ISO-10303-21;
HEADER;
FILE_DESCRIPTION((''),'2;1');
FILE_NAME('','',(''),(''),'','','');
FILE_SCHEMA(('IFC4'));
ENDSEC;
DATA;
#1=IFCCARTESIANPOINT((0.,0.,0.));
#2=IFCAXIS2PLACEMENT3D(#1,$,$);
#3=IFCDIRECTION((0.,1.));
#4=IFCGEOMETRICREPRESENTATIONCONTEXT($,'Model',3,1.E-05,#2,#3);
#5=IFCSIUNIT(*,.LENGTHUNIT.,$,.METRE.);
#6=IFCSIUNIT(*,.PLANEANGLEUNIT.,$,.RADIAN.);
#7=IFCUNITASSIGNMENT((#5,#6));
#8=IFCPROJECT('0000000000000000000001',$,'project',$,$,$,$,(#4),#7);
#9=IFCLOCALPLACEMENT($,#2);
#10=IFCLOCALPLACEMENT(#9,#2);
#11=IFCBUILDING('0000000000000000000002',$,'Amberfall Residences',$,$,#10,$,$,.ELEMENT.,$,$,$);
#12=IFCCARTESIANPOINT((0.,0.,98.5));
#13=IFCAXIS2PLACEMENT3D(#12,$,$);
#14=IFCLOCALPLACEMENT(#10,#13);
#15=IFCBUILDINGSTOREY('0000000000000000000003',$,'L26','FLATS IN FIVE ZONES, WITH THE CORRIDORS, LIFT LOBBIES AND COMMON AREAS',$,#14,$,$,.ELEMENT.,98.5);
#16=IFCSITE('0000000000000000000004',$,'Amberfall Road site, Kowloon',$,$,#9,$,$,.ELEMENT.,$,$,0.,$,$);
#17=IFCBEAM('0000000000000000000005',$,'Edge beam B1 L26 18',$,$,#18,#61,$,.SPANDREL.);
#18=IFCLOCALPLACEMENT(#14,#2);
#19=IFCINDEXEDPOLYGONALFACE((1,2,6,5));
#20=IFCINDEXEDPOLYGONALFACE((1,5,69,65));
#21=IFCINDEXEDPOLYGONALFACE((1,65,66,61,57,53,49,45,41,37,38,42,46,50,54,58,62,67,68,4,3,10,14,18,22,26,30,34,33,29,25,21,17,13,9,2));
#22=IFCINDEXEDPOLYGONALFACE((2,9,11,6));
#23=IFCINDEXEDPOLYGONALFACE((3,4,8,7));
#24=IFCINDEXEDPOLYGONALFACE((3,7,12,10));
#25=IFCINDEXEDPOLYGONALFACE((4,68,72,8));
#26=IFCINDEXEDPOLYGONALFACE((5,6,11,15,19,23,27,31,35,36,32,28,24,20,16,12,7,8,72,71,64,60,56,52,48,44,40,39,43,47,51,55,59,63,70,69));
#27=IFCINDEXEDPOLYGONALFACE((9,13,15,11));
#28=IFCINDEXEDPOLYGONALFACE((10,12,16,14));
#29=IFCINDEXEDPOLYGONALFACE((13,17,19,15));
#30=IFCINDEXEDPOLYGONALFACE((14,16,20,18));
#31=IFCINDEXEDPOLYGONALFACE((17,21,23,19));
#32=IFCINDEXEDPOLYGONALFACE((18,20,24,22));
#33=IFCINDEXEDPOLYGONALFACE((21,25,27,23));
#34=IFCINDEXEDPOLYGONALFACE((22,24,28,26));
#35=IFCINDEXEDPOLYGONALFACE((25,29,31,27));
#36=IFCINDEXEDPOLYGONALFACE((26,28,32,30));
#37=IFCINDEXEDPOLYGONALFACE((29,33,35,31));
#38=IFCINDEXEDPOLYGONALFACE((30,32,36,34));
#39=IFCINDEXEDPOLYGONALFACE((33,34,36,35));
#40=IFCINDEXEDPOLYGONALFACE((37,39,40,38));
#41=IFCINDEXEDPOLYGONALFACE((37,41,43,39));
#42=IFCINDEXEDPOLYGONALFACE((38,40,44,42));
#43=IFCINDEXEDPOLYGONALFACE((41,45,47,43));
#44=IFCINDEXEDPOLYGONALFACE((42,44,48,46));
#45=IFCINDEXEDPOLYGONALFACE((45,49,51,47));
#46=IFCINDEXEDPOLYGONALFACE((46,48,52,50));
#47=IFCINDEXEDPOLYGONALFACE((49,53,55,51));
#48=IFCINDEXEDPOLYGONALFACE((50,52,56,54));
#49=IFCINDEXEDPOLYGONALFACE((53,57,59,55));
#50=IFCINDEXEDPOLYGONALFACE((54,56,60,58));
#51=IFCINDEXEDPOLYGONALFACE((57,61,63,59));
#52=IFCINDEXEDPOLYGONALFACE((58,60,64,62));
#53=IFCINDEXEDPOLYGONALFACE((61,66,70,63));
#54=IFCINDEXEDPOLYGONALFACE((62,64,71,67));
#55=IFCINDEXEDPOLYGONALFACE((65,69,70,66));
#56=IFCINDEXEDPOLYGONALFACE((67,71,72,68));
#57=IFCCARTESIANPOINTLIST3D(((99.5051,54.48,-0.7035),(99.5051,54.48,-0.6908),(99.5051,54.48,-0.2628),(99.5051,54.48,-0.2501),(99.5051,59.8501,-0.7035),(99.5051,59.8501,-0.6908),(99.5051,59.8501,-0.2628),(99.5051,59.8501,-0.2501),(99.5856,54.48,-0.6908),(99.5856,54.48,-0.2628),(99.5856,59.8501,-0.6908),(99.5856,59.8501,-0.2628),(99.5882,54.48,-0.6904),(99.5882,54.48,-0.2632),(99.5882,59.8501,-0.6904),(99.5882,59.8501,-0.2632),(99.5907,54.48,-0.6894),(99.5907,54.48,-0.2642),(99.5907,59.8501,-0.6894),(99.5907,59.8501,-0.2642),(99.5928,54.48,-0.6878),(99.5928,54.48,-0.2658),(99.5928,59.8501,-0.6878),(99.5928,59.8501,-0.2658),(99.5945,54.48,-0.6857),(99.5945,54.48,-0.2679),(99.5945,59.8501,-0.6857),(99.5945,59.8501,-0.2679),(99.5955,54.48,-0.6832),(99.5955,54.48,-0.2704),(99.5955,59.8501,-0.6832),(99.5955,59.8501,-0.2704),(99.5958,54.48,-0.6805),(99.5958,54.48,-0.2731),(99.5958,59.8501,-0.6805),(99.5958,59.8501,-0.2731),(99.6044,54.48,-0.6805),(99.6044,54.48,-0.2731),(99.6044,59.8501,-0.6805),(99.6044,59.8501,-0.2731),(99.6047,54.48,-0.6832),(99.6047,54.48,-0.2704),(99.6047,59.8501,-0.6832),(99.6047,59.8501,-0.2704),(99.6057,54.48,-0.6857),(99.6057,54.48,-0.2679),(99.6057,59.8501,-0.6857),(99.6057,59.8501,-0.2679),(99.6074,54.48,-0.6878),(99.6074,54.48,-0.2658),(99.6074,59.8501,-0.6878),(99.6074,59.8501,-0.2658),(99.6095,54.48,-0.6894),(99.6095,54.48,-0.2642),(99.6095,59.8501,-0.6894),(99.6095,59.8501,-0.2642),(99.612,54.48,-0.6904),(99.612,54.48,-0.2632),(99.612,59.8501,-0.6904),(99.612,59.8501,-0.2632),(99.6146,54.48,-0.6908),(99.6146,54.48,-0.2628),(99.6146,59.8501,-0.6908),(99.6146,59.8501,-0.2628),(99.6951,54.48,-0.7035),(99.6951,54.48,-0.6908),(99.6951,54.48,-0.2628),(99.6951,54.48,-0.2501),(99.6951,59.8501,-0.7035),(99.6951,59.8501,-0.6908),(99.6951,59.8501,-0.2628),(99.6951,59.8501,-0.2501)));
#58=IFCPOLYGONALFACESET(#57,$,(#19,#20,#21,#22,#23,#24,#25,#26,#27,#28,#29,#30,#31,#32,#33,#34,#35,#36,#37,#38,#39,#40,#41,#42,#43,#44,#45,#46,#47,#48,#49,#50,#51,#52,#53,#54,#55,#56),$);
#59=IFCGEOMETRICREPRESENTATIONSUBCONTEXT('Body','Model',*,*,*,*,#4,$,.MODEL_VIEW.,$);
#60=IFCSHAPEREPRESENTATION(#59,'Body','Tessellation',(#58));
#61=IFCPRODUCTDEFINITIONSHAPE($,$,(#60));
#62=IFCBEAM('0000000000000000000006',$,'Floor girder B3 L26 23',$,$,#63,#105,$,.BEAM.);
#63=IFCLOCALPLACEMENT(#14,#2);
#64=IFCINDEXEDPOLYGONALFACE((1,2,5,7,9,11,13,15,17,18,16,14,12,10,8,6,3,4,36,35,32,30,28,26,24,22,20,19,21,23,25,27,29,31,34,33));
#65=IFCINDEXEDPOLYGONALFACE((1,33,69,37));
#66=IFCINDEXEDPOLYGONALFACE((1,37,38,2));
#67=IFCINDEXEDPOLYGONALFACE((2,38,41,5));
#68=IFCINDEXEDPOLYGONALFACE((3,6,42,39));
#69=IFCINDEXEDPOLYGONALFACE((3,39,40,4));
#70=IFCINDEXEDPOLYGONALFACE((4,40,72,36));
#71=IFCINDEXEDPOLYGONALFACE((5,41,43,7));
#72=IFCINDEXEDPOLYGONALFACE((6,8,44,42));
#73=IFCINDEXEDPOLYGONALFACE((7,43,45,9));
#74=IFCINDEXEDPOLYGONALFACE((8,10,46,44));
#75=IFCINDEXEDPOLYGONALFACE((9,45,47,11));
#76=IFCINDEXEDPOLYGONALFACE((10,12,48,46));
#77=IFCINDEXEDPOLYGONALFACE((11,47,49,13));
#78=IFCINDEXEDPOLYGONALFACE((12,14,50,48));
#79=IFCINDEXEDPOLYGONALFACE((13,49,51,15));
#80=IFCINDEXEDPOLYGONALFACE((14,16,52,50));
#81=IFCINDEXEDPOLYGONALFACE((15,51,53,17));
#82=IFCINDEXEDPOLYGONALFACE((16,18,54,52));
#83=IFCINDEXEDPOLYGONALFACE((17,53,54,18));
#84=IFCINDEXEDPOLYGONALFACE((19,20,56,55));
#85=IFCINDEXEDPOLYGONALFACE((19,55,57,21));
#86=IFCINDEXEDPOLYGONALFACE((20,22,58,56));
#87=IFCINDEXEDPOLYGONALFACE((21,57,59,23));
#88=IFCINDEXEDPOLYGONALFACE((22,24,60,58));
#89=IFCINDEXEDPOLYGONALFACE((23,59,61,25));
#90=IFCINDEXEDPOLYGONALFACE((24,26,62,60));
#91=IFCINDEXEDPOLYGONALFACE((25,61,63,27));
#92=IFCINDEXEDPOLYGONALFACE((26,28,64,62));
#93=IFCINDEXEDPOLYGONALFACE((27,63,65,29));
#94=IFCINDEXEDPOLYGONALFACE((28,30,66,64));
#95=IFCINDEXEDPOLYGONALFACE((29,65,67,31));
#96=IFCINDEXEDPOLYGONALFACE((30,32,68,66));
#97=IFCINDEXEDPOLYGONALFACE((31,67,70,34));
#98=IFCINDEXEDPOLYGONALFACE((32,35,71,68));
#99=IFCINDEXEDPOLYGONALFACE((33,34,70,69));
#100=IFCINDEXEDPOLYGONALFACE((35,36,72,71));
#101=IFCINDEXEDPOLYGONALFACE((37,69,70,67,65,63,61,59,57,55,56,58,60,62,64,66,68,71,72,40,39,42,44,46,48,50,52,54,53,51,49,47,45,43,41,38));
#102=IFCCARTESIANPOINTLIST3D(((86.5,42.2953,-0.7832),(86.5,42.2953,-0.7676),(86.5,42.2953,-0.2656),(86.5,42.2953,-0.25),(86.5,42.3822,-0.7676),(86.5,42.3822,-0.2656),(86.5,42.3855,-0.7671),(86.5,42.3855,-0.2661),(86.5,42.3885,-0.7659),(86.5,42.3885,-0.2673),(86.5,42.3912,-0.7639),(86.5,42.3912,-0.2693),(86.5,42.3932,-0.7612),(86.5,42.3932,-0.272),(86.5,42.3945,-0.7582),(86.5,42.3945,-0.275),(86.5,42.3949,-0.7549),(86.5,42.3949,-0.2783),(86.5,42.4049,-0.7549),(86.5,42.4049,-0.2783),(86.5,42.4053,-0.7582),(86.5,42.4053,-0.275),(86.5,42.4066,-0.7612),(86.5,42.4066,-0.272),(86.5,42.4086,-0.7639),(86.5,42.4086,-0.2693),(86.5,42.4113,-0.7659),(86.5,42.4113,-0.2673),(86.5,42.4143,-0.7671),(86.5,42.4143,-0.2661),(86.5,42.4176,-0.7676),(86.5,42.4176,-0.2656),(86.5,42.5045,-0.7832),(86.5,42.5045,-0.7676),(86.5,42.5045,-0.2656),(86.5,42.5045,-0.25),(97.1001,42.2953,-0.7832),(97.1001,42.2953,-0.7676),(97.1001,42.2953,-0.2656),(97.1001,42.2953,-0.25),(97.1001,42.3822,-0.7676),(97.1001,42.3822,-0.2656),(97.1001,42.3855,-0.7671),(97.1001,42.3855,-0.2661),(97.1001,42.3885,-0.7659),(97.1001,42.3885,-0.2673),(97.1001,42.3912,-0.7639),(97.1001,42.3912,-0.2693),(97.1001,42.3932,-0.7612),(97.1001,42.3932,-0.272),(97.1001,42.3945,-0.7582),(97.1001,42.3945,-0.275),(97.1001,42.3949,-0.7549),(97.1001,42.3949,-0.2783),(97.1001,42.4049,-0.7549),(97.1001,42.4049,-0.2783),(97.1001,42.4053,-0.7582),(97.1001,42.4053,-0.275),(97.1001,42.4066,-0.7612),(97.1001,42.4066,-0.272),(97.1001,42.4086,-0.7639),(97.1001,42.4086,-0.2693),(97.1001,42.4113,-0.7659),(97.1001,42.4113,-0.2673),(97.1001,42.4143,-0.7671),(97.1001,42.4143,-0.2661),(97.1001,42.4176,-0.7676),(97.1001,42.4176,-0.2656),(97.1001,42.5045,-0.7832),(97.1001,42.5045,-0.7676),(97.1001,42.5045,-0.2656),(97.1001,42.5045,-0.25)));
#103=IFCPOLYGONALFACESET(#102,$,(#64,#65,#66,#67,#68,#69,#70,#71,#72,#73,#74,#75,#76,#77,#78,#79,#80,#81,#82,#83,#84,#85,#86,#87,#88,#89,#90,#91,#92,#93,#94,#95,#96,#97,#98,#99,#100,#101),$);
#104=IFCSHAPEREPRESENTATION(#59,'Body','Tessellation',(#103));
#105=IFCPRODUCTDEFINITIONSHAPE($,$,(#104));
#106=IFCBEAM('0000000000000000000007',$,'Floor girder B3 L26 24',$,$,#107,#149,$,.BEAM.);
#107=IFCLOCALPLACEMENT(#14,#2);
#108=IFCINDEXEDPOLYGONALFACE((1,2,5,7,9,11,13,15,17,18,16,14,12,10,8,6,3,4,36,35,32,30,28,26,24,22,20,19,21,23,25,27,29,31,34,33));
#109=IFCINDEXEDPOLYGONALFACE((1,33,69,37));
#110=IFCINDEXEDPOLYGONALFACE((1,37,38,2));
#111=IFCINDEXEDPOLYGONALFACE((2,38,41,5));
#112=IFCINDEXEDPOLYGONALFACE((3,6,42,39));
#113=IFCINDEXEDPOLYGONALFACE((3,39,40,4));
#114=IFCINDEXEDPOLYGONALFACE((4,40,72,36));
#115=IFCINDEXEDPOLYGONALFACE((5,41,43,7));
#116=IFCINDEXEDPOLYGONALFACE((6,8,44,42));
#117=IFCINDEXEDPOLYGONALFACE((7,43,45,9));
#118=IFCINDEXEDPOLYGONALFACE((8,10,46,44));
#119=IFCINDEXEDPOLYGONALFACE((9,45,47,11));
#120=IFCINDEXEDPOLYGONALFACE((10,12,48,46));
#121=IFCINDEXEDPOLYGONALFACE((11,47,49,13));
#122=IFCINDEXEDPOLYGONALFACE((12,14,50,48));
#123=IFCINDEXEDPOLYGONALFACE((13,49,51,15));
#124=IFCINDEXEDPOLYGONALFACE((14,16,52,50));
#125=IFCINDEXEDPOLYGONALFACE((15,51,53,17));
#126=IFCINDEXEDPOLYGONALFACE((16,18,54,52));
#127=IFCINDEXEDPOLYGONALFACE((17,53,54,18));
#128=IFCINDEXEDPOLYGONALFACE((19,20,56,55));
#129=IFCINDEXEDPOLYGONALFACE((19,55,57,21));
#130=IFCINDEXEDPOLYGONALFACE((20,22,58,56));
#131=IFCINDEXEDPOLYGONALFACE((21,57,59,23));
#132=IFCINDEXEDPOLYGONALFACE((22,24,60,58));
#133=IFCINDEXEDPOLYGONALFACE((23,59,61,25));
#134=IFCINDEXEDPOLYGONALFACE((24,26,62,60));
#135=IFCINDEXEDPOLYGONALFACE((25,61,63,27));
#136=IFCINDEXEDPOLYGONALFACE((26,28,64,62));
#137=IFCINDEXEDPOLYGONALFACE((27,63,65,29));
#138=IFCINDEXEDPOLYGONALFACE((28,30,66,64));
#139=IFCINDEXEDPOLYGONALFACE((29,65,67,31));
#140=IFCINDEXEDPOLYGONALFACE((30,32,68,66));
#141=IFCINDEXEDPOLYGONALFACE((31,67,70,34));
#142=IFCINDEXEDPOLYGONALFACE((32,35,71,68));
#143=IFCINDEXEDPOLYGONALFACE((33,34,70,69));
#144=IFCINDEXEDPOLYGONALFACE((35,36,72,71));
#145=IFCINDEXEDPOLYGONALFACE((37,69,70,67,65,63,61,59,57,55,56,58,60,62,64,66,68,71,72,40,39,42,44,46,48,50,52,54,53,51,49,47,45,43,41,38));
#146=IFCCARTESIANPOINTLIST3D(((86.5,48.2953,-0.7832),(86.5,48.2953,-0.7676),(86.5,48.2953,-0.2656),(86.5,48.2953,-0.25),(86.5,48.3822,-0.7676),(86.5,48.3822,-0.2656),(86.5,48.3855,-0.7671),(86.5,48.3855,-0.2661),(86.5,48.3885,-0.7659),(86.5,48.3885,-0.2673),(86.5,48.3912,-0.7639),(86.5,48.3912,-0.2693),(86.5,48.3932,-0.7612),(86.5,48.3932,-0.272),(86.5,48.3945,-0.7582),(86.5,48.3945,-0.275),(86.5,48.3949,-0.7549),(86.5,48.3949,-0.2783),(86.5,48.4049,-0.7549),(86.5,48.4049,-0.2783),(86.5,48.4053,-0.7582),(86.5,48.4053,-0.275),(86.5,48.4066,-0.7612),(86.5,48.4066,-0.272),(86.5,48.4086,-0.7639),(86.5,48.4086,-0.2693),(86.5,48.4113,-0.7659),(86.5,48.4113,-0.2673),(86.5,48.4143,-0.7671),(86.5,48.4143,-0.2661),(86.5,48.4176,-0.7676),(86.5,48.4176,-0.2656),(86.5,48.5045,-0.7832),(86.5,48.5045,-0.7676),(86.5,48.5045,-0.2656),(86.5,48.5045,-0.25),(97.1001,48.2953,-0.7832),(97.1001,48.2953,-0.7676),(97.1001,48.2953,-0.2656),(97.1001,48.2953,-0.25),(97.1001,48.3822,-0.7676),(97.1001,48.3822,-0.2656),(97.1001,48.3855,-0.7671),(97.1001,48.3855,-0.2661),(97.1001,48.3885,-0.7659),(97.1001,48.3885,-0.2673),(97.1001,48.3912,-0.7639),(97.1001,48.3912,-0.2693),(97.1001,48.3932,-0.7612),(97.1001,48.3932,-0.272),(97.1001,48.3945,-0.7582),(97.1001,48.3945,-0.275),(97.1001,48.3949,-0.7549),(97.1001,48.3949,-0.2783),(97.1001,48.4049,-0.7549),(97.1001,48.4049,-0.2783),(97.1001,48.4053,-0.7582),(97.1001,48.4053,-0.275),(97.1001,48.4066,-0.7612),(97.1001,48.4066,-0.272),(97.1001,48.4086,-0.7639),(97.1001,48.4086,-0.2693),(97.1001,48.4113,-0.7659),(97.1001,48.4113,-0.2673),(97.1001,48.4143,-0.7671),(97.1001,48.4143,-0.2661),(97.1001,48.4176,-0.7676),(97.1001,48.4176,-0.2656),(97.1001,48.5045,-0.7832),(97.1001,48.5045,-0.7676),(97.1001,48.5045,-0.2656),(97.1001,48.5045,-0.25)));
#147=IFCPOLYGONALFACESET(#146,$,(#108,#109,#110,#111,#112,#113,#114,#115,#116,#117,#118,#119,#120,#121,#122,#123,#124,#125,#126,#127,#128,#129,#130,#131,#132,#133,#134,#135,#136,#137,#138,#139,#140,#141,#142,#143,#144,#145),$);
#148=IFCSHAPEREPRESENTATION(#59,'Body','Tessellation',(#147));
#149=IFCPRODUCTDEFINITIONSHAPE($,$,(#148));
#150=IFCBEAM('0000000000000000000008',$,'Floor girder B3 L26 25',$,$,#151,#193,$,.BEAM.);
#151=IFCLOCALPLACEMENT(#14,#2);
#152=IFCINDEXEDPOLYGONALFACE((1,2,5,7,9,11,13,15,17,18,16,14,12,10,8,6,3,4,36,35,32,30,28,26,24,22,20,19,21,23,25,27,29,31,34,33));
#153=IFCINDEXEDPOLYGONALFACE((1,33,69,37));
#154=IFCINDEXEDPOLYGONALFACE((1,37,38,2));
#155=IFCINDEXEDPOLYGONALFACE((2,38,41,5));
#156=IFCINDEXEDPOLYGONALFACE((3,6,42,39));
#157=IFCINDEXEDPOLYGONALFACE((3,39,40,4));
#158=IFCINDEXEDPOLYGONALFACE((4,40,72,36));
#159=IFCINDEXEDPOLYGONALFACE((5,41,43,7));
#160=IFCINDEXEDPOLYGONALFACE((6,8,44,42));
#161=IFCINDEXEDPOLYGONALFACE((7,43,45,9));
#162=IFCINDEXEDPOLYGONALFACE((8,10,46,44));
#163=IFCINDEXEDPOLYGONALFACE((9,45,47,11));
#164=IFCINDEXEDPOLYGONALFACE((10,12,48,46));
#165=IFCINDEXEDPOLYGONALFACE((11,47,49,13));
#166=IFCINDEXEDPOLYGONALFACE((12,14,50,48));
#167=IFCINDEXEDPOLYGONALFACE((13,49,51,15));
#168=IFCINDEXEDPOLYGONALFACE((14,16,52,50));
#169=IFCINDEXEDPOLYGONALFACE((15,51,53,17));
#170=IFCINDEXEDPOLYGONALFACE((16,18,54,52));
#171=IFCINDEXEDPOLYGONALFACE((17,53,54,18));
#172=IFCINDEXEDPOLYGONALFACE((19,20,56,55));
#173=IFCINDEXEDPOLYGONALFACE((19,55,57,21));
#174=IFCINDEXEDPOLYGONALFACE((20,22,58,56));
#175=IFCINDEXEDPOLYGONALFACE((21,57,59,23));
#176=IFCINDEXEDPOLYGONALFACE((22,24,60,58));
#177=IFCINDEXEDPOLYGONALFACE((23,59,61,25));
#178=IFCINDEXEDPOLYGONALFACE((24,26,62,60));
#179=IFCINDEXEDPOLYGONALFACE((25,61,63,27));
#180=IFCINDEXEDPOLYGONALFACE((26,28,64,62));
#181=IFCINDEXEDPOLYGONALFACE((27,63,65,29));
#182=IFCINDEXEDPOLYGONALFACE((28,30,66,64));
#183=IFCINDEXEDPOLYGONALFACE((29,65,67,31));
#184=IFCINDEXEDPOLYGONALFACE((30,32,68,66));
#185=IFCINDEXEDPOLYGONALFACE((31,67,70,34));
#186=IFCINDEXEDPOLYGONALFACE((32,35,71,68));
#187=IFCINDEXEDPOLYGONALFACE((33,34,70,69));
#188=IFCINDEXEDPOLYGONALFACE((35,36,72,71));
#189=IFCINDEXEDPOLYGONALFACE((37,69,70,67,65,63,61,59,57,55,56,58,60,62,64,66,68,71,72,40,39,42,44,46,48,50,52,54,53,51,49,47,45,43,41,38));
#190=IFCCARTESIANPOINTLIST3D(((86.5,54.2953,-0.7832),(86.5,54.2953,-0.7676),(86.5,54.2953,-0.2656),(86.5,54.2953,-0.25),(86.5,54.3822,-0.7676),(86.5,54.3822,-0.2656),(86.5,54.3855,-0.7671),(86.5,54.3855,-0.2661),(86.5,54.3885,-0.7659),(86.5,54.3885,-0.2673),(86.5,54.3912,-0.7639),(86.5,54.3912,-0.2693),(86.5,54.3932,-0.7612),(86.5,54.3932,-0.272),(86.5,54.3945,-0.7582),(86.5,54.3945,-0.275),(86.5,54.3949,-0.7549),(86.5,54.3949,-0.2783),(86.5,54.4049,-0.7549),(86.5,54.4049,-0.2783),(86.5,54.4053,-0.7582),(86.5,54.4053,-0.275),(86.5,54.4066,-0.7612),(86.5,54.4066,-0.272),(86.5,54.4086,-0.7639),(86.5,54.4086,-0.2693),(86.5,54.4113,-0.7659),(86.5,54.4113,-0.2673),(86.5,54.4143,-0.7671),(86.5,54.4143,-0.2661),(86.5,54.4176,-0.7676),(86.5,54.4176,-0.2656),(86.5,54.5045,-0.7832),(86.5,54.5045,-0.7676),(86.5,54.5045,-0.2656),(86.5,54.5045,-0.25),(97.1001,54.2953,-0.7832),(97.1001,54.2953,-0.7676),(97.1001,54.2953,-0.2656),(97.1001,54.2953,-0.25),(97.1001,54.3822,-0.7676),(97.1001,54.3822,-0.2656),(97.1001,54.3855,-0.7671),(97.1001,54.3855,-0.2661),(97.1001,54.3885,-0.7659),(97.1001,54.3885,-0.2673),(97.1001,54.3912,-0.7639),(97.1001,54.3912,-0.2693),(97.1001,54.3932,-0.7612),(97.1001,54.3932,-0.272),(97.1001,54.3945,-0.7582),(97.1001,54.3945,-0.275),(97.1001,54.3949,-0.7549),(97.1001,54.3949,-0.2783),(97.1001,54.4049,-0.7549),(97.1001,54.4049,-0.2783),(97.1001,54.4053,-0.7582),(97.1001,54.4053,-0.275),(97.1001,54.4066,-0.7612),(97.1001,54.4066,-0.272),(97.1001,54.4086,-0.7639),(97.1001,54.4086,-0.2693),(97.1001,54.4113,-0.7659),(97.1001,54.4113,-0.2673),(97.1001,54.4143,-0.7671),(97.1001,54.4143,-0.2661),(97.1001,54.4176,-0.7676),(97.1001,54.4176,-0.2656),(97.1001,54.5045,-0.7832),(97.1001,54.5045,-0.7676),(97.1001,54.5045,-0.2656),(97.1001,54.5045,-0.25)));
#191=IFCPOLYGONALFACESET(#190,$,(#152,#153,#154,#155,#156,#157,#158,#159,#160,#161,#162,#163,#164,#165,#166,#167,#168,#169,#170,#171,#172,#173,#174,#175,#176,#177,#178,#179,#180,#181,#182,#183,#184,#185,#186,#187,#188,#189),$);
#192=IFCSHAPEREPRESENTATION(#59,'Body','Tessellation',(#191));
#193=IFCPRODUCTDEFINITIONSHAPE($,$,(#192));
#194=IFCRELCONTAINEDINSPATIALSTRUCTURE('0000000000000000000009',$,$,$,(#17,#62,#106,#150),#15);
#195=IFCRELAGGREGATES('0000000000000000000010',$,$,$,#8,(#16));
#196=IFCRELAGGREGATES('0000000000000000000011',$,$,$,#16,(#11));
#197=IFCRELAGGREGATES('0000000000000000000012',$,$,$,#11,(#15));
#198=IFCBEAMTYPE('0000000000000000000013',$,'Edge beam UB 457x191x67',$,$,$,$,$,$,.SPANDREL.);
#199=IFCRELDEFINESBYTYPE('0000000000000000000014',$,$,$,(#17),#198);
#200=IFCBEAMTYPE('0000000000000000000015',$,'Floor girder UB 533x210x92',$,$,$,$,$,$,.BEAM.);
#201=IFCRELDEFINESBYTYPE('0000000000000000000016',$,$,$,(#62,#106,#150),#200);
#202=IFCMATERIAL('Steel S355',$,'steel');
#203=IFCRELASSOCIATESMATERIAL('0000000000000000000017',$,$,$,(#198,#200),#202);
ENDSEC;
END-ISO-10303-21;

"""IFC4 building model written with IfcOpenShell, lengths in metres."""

from ifc_helpers import new_model, si_unit, direction, frame, origin, origin_2d, place, context, subcontext, project, spatial, i_section, extrude, material, material_profile, profile_set, type_object, element, save


model = new_model("IFC4")

# Units and contexts
model_context = context("Model", 3, precision=1e-05, world=origin(), true_north=direction((0.0, 1.0)))
body_context = subcontext(model_context, "Body", "Model", "MODEL_VIEW")
ifc_project = project(units=[si_unit("LENGTHUNIT", "METRE"), si_unit("PLANEANGLEUNIT", "RADIAN")], contexts=[model_context])

# Site, building, storey
site_placement = place(None, origin())
site = spatial("IfcSite", under=ifc_project, at=site_placement, Name="Amberfall Road site, Kowloon", CompositionType="ELEMENT", RefElevation=0.0)
building_placement = place(site_placement, origin())
building = spatial("IfcBuilding", under=site, at=building_placement, Name="Amberfall Residences", CompositionType="ELEMENT")
storey_placement = place(building_placement, frame((0.0, 0.0, 98.5)))
storey = spatial("IfcBuildingStorey", under=building, at=storey_placement, Name="L26", Description="FLATS IN FIVE ZONES, WITH THE CORRIDORS, LIFT LOBBIES AND COMMON AREAS", CompositionType="ELEMENT", Elevation=98.5)

# Beams
ifc_material_1 = material(Name="Steel S355", Category="steel")
ifc_material_profile_1 = material_profile(ifc_material_1, i_section(OverallWidth=0.1899, OverallDepth=0.4534, WebThickness=0.0085, FlangeThickness=0.0127, FilletRadius=0.0103, at=origin_2d()), Name="UB 457x191x67")
ifc_profile_set_1 = profile_set([ifc_material_profile_1], Name="Steel S355")
beam_type_1 = type_object("IfcBeamType", Name="Edge beam UB 457x191x67", PredefinedType="SPANDREL", material=ifc_profile_set_1)
beam_1_placement = place(storey_placement, frame((99.6001, 54.48, -0.4768), z_axis=(0.0, 1.0, 0.0), x_axis=(-1.0, 0.0, 0.0)))
element("IfcBeam", 1, at=beam_1_placement, inside=storey, type_object=beam_type_1, Name="Edge beam B1 L26 18", PredefinedType="SPANDREL", context=body_context, shape_type="SweptSolid", body=[
    extrude(i_section(OverallWidth=0.1899, OverallDepth=0.4534, WebThickness=0.0085, FlangeThickness=0.0127, FilletRadius=0.0103, at=origin_2d()), origin(), (0.0, 0.0, 1.0), 5.3701),
])
ifc_material_profile_2 = material_profile(ifc_material_1, i_section(OverallWidth=0.2092, OverallDepth=0.5332, WebThickness=0.01, FlangeThickness=0.0156, FilletRadius=0.0127, at=origin_2d()), Name="UB 533x210x92")
ifc_profile_set_2 = profile_set([ifc_material_profile_2], Name="Steel S355")
beam_type_2 = type_object("IfcBeamType", Name="Floor girder UB 533x210x92", PredefinedType="BEAM", material=ifc_profile_set_2)
for number, where, z_axis, x_axis, name in (
    (2, (97.1001, 42.3999, -0.5166), (-1.0, 0.0, 0.0), (0.0, -1.0, 0.0), "Floor girder B3 L26 23"),
    (3, (97.1001, 48.3999, -0.5166), (-1.0, 0.0, 0.0), (0.0, -1.0, 0.0), "Floor girder B3 L26 24"),
    (4, (97.1001, 54.3999, -0.5166), (-1.0, 0.0, 0.0), (0.0, -1.0, 0.0), "Floor girder B3 L26 25"),
):
    element("IfcBeam", number, at=place(storey_placement, frame(where, z_axis=z_axis, x_axis=x_axis)), inside=storey, type_object=beam_type_2, Name=name, PredefinedType="BEAM", context=body_context, shape_type="SweptSolid", body=[
        extrude(i_section(OverallWidth=0.2092, OverallDepth=0.5332, WebThickness=0.01, FlangeThickness=0.0156, FilletRadius=0.0127, at=origin_2d()), origin(), (0.0, 0.0, 1.0), 10.6001),
    ])

save(model, "model.ifc")
